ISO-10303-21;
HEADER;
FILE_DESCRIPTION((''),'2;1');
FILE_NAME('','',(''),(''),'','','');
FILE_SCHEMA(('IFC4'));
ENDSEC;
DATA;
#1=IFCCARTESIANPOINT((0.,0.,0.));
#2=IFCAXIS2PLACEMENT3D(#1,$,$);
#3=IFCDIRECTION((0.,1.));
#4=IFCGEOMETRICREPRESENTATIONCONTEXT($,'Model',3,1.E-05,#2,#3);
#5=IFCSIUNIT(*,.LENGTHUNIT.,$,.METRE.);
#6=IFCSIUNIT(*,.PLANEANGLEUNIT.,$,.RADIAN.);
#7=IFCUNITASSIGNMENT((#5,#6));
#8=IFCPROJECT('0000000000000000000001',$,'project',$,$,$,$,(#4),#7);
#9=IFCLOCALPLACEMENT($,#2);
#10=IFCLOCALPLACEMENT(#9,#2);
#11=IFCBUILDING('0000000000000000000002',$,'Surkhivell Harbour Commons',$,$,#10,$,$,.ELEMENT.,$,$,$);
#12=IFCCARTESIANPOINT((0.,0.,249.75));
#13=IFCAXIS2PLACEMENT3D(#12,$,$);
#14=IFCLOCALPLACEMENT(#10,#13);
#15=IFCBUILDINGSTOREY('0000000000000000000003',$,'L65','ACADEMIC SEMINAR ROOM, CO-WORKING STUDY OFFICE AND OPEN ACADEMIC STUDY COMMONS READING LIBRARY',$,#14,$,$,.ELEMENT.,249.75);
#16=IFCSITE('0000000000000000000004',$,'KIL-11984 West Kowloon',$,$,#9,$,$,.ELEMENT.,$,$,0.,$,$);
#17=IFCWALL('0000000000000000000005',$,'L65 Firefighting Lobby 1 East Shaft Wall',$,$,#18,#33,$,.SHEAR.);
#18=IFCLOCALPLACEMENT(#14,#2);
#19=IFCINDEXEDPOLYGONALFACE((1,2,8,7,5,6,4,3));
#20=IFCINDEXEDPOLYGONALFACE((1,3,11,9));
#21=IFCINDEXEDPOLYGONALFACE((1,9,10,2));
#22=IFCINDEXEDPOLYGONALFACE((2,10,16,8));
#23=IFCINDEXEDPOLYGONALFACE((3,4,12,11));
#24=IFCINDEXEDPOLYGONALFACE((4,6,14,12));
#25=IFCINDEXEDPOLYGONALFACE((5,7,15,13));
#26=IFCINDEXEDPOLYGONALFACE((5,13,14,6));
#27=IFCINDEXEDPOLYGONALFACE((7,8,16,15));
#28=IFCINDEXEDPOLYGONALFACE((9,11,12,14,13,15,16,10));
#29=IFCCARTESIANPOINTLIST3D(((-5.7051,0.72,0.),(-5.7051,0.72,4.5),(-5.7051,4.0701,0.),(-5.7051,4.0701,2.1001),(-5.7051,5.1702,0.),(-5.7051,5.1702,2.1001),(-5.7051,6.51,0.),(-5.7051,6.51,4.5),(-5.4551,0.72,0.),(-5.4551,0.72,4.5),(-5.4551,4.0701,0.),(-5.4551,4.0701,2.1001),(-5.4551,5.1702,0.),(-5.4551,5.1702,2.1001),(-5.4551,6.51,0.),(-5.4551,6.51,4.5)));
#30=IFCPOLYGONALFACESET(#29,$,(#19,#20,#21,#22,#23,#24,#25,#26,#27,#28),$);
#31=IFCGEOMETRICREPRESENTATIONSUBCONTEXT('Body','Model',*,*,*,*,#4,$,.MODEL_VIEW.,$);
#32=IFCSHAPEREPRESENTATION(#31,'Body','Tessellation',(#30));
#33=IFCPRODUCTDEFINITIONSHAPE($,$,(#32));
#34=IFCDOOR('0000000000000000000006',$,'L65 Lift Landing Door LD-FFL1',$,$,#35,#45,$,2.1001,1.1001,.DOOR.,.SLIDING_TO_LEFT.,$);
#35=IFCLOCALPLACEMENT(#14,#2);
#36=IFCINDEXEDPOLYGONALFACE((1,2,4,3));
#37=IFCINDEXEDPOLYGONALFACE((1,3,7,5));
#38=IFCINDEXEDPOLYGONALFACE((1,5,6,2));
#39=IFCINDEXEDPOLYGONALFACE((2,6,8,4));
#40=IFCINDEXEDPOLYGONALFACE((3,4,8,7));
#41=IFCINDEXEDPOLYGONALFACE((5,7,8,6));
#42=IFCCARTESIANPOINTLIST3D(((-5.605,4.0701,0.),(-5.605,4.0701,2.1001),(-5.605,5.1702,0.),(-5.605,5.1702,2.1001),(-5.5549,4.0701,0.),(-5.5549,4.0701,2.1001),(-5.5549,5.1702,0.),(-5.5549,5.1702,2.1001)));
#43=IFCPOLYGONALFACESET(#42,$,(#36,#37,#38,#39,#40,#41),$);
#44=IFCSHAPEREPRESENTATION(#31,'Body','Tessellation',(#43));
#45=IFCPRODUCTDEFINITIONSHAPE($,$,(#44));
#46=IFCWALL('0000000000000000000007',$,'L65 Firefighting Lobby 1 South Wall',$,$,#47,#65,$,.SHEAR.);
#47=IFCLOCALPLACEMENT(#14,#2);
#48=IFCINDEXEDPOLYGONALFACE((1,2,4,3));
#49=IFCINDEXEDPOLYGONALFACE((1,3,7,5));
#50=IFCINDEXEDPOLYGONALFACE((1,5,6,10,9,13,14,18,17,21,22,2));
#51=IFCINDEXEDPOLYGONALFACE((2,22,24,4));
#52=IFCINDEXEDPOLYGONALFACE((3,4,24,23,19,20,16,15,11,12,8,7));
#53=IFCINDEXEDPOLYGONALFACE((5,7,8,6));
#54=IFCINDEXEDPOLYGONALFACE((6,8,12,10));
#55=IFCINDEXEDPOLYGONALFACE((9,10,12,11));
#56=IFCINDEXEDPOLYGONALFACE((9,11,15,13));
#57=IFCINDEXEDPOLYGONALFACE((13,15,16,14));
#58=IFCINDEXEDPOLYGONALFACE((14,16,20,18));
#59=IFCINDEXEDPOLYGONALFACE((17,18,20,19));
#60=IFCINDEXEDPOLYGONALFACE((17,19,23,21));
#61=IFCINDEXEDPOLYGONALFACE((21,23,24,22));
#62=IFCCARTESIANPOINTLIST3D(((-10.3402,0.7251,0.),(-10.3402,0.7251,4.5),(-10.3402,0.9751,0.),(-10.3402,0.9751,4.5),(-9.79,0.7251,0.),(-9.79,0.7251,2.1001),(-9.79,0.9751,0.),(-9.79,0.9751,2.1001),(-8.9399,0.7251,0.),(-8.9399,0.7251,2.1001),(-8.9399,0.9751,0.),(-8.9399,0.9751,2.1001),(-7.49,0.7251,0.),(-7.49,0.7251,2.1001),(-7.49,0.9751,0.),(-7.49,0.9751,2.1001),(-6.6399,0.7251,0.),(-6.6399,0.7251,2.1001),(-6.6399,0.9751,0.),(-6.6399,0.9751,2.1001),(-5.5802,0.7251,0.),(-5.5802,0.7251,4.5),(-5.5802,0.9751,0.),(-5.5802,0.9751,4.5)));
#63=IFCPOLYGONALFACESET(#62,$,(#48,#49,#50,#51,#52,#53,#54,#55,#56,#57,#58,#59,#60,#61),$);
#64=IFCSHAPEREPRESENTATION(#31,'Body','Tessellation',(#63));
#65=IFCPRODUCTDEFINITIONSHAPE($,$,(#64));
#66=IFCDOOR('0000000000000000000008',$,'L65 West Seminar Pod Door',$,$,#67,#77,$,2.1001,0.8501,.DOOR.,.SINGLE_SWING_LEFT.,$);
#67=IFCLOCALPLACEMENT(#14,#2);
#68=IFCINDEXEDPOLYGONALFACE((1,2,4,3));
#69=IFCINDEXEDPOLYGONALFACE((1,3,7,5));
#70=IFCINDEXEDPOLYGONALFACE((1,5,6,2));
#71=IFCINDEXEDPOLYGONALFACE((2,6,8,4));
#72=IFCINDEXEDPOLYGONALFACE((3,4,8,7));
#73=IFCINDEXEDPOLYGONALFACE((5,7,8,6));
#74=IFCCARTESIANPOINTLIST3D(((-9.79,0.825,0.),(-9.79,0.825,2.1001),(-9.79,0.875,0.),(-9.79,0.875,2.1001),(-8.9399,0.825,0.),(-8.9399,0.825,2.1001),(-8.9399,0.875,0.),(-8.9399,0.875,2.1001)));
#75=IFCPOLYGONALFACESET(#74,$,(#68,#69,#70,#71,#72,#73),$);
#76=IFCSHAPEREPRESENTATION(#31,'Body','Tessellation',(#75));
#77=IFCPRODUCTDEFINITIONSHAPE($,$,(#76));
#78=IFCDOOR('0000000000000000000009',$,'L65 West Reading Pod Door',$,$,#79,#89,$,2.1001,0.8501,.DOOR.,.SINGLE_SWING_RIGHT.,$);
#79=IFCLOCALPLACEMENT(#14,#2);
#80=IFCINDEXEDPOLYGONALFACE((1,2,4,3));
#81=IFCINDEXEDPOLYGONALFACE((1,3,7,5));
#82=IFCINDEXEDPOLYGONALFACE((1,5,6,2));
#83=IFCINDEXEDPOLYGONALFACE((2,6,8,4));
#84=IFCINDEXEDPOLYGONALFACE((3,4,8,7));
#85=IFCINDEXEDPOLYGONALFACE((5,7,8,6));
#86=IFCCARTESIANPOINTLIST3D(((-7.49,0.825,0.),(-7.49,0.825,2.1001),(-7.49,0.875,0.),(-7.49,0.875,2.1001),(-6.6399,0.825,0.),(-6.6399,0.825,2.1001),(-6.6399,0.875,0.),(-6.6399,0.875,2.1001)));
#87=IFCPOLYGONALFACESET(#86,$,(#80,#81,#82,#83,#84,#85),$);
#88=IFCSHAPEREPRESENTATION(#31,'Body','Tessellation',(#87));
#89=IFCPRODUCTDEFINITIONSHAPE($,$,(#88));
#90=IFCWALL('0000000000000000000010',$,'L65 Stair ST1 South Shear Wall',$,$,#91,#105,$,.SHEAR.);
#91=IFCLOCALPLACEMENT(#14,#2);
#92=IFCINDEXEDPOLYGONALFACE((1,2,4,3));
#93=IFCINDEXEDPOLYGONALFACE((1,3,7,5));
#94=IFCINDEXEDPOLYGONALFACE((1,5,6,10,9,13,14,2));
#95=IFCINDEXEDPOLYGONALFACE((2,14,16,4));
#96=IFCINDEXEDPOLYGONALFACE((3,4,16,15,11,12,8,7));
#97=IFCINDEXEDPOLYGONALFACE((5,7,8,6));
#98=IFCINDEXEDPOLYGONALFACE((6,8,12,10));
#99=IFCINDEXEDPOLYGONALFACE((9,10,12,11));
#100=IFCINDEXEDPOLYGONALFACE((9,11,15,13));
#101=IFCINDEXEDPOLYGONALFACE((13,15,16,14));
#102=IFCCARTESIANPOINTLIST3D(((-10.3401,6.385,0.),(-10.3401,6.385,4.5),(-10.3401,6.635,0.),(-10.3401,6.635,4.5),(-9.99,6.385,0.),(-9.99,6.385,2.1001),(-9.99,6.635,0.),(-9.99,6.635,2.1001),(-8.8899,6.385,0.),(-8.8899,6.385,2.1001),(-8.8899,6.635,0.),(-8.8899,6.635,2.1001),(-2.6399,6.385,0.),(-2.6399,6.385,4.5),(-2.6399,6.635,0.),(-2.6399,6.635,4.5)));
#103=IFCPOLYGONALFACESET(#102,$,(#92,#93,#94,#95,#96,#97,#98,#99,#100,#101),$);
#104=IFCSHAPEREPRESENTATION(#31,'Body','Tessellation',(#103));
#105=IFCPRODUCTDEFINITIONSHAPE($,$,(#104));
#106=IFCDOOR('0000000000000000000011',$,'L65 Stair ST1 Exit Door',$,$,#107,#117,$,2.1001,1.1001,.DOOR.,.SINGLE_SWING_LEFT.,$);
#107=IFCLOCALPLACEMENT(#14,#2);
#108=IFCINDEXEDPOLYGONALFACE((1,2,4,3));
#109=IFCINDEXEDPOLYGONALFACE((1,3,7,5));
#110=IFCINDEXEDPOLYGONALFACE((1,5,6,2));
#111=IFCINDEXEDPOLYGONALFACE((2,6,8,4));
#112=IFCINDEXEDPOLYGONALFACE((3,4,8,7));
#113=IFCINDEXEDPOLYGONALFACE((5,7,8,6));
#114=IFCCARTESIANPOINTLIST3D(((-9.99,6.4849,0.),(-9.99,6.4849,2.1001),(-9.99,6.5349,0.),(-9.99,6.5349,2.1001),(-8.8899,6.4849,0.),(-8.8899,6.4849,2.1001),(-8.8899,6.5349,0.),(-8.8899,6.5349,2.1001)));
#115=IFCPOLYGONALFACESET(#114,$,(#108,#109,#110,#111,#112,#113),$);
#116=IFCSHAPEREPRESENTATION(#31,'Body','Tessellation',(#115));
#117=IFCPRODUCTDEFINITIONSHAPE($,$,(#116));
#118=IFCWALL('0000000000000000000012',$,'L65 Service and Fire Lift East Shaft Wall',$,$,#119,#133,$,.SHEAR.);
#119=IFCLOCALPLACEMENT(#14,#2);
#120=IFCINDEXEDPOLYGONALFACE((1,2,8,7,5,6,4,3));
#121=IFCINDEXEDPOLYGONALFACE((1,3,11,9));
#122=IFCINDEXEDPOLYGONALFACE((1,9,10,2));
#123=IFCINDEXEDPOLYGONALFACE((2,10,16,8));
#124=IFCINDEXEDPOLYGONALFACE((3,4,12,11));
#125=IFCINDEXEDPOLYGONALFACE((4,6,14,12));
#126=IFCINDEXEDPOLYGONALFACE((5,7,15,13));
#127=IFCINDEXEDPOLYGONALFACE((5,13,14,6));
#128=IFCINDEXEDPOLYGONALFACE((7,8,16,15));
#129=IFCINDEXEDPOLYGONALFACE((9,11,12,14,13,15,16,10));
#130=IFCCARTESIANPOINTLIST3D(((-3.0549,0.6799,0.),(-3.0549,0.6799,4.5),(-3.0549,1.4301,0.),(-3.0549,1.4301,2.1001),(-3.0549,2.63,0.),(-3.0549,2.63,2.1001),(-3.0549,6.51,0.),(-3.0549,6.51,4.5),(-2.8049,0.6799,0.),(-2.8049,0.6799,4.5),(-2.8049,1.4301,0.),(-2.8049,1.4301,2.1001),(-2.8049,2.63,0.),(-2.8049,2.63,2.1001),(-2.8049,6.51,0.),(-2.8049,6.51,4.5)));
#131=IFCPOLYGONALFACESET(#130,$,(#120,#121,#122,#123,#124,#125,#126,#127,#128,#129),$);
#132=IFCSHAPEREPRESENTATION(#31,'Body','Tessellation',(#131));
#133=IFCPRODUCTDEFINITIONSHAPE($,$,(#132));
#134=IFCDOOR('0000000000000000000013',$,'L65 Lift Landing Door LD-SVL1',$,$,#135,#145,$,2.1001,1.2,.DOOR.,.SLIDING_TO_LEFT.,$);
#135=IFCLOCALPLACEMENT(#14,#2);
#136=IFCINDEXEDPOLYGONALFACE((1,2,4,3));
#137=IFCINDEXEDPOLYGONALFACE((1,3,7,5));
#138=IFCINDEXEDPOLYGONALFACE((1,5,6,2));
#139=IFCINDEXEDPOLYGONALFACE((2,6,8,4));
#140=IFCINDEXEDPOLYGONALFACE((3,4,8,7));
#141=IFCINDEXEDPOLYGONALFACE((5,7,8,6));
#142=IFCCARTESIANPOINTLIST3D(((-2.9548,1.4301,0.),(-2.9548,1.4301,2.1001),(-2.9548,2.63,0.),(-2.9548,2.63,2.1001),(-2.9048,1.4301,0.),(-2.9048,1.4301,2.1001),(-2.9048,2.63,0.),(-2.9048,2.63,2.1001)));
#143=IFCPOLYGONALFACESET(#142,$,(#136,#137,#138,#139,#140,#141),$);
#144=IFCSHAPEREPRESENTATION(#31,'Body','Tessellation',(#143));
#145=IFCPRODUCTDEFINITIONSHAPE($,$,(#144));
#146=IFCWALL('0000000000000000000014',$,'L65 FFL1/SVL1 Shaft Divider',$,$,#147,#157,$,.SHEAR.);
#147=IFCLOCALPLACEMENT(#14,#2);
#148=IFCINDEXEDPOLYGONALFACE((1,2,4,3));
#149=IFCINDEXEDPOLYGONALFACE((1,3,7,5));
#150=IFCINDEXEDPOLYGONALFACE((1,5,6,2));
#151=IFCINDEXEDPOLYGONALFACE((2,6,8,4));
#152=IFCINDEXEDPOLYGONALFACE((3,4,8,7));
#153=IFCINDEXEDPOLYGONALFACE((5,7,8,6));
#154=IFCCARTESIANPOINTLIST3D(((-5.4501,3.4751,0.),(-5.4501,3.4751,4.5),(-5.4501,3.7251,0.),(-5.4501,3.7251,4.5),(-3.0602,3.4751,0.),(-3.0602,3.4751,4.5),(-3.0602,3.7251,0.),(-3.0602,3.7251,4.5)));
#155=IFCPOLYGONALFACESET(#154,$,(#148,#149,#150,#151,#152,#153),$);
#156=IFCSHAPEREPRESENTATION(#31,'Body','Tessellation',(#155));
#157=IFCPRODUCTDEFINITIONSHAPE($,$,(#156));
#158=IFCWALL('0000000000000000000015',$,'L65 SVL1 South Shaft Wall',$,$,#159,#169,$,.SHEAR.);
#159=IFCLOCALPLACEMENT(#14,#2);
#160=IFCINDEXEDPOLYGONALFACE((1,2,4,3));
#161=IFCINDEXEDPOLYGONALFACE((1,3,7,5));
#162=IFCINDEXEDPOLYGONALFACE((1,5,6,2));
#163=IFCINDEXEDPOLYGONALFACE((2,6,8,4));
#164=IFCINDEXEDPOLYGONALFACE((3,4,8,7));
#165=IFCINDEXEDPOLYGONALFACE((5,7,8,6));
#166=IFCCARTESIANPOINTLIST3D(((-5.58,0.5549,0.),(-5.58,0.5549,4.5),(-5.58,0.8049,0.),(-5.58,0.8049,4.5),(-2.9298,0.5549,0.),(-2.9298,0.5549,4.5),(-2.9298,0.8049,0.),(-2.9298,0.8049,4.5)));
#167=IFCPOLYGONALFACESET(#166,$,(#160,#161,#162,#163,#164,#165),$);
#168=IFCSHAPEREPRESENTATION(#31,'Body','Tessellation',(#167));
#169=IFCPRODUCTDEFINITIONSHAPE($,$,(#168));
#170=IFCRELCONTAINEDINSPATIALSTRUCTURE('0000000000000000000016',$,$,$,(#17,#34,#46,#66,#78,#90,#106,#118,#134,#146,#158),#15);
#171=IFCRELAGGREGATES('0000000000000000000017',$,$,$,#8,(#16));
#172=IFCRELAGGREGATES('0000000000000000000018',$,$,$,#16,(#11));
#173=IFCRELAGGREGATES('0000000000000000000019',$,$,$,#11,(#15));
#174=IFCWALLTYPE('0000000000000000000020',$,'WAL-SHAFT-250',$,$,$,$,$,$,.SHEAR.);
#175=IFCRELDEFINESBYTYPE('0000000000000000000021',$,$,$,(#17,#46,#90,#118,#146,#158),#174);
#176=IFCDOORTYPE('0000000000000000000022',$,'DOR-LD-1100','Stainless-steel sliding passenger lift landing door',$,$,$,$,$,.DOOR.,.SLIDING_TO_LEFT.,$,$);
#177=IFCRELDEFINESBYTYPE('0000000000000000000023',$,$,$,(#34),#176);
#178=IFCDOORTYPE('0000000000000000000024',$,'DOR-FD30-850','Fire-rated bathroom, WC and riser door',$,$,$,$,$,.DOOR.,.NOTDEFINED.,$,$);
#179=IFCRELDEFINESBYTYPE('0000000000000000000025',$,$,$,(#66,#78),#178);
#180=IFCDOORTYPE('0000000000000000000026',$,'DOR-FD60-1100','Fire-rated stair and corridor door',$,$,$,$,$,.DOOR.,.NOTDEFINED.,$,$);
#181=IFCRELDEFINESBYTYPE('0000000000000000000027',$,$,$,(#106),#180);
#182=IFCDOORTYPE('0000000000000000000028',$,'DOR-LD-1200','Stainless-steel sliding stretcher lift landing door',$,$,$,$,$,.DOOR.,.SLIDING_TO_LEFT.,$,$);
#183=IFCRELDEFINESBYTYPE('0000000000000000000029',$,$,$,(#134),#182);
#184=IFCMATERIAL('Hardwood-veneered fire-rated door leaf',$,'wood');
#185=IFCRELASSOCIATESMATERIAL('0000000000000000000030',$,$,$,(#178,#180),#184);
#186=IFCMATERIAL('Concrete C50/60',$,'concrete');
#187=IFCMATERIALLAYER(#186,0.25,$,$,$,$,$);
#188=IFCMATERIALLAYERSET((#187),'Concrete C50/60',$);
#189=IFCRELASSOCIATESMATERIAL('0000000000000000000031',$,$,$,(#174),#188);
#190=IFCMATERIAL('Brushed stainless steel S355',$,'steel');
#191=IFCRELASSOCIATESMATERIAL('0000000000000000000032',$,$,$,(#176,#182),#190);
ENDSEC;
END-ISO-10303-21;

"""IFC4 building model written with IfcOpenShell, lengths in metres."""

from ifc_helpers import new_model, si_unit, direction, frame, frame_2d, origin, place, context, subcontext, project, spatial, rectangle, extrude, material, layer, layer_set, type_object, element, fill, save


model = new_model("IFC4")

# Units and contexts
model_context = context("Model", 3, precision=1e-05, world=origin(), true_north=direction((0.0, 1.0)))
body_context = subcontext(model_context, "Body", "Model", "MODEL_VIEW")
ifc_project = project(units=[si_unit("LENGTHUNIT", "METRE"), si_unit("PLANEANGLEUNIT", "RADIAN")], contexts=[model_context])

# Site, building, storey
site_placement = place(None, origin())
site = spatial("IfcSite", under=ifc_project, at=site_placement, Name="KIL-11984 West Kowloon", CompositionType="ELEMENT", RefElevation=0.0)
building_placement = place(site_placement, origin())
building = spatial("IfcBuilding", under=site, at=building_placement, Name="Surkhivell Harbour Commons", CompositionType="ELEMENT")
storey_placement = place(building_placement, frame((0.0, 0.0, 249.75)))
storey = spatial("IfcBuildingStorey", under=building, at=storey_placement, Name="L65", Description="ACADEMIC SEMINAR ROOM, CO-WORKING STUDY OFFICE AND OPEN ACADEMIC STUDY COMMONS READING LIBRARY", CompositionType="ELEMENT", Elevation=249.75)

# Shared definitions
ifc_material_1 = material(Name="Hardwood-veneered fire-rated door leaf", Category="wood")

# Shared definitions
door_type_1 = type_object("IfcDoorType", Name="DOR-FD30-850", Description="Fire-rated bathroom, WC and riser door", OperationType="NOTDEFINED", PredefinedType="DOOR", material=ifc_material_1)

# Wall, opening, door
ifc_material_2 = material(Name="Concrete C50/60", Category="concrete")
ifc_layer_1 = layer(ifc_material_2, 0.25)
ifc_layer_set_1 = layer_set([ifc_layer_1], Name="Concrete C50/60")
wall_type_1 = type_object("IfcWallType", Name="WAL-SHAFT-250", PredefinedType="SHEAR", material=ifc_layer_set_1)
wall_1_placement = place(storey_placement, frame((-5.5801, 0.72, 0.0), z_axis=(0.0, 0.0, 1.0), x_axis=(0.0, 1.0, 0.0)))
wall_1 = element("IfcWall", 1, at=wall_1_placement, inside=storey, type_object=wall_type_1, Name="L65 Firefighting Lobby 1 East Shaft Wall", PredefinedType="SHEAR", context=body_context, shape_type="SweptSolid", body=[
    extrude(rectangle(XDim=5.79, YDim=0.25, at=frame_2d((2.895, 0.0))), origin(), (0.0, 0.0, 1.0), 4.5),
])
opening_1_placement = place(wall_1_placement, frame((3.3501, 0.0, 0.0)))
opening_1 = element("IfcOpeningElement", 2, at=opening_1_placement, cuts=wall_1, PredefinedType="OPENING", context=body_context, shape_type="SweptSolid", body=[
    extrude(rectangle(XDim=1.1001, YDim=2.1001, at=frame_2d((0.55, 1.05))), frame((0.0, 0.135, 0.0), z_axis=(0.0, -1.0, 0.0), x_axis=(1.0, 0.0, 0.0)), (0.0, 0.0, 1.0), 0.27),
])
ifc_material_3 = material(Name="Brushed stainless steel S355", Category="steel")
door_type_2 = type_object("IfcDoorType", Name="DOR-LD-1100", Description="Stainless-steel sliding passenger lift landing door", OperationType="SLIDING_TO_LEFT", PredefinedType="DOOR", material=ifc_material_3)
door_1_placement = place(opening_1_placement, origin())
door_1 = element("IfcDoor", 3, at=door_1_placement, inside=storey, type_object=door_type_2, Name="L65 Lift Landing Door LD-FFL1", OperationType="SLIDING_TO_LEFT", OverallHeight=2.1001, OverallWidth=1.1001, PredefinedType="DOOR", context=body_context, shape_type="SweptSolid", body=[
    extrude(rectangle(XDim=1.1001, YDim=2.1001, at=frame_2d((0.55, 1.05))), frame((0.0, 0.0249, 0.0), z_axis=(0.0, -1.0, 0.0), x_axis=(1.0, 0.0, 0.0)), (0.0, 0.0, 1.0), 0.05),
])
fill(opening_1, door_1)

# Wall, openings, doors
wall_2_placement = place(storey_placement, frame((-10.3401, 0.8501, 0.0), z_axis=(0.0, 0.0, 1.0), x_axis=(1.0, 0.0, 0.0)))
wall_2 = element("IfcWall", 4, at=wall_2_placement, inside=storey, type_object=wall_type_1, Name="L65 Firefighting Lobby 1 South Wall", PredefinedType="SHEAR", context=body_context, shape_type="SweptSolid", body=[
    extrude(rectangle(XDim=4.76, YDim=0.25, at=frame_2d((2.3799, 0.0))), origin(), (0.0, 0.0, 1.0), 4.5),
])
opening_2_placement = place(wall_2_placement, frame((0.55, 0.0, 0.0)))
opening_2 = element("IfcOpeningElement", 5, at=opening_2_placement, cuts=wall_2, PredefinedType="OPENING", context=body_context, shape_type="SweptSolid", body=[
    extrude(rectangle(XDim=0.8501, YDim=2.1001, at=frame_2d((0.425, 1.05))), frame((0.0, 0.135, 0.0), z_axis=(0.0, -1.0, 0.0), x_axis=(1.0, 0.0, 0.0)), (0.0, 0.0, 1.0), 0.27),
])
opening_3_placement = place(wall_2_placement, frame((2.8501, 0.0, 0.0)))
opening_3 = element("IfcOpeningElement", 6, at=opening_3_placement, cuts=wall_2, PredefinedType="OPENING", context=body_context, shape_type="SweptSolid", body=[
    extrude(rectangle(XDim=0.8501, YDim=2.1001, at=frame_2d((0.425, 1.05))), frame((0.0, 0.135, 0.0), z_axis=(0.0, -1.0, 0.0), x_axis=(1.0, 0.0, 0.0)), (0.0, 0.0, 1.0), 0.27),
])
door_2_placement = place(opening_2_placement, origin())
door_2 = element("IfcDoor", 7, at=door_2_placement, inside=storey, type_object=door_type_1, Name="L65 West Seminar Pod Door", OperationType="SINGLE_SWING_LEFT", OverallHeight=2.1001, OverallWidth=0.8501, PredefinedType="DOOR", context=body_context, shape_type="SweptSolid", body=[
    extrude(rectangle(XDim=0.8501, YDim=2.1001, at=frame_2d((0.425, 1.05))), frame((0.0, 0.0249, 0.0), z_axis=(0.0, -1.0, 0.0), x_axis=(1.0, 0.0, 0.0)), (0.0, 0.0, 1.0), 0.05),
])
fill(opening_2, door_2)
door_3_placement = place(opening_3_placement, origin())
door_3 = element("IfcDoor", 8, at=door_3_placement, inside=storey, type_object=door_type_1, Name="L65 West Reading Pod Door", OperationType="SINGLE_SWING_RIGHT", OverallHeight=2.1001, OverallWidth=0.8501, PredefinedType="DOOR", context=body_context, shape_type="SweptSolid", body=[
    extrude(rectangle(XDim=0.8501, YDim=2.1001, at=frame_2d((0.425, 1.05))), frame((0.0, 0.0249, 0.0), z_axis=(0.0, -1.0, 0.0), x_axis=(1.0, 0.0, 0.0)), (0.0, 0.0, 1.0), 0.05),
])
fill(opening_3, door_3)

# Walls, openings, doors
wall_3_placement = place(storey_placement, frame((-10.3401, 6.51, 0.0), z_axis=(0.0, 0.0, 1.0), x_axis=(1.0, 0.0, 0.0)))
wall_3 = element("IfcWall", 9, at=wall_3_placement, inside=storey, type_object=wall_type_1, Name="L65 Stair ST1 South Shear Wall", PredefinedType="SHEAR", context=body_context, shape_type="SweptSolid", body=[
    extrude(rectangle(XDim=7.7002, YDim=0.25, at=frame_2d((3.8501, 0.0))), origin(), (0.0, 0.0, 1.0), 4.5),
])
opening_4_placement = place(wall_3_placement, frame((0.3501, 0.0, 0.0)))
opening_4 = element("IfcOpeningElement", 10, at=opening_4_placement, cuts=wall_3, PredefinedType="OPENING", context=body_context, shape_type="SweptSolid", body=[
    extrude(rectangle(XDim=1.1001, YDim=2.1001, at=frame_2d((0.55, 1.05))), frame((0.0, 0.135, 0.0), z_axis=(0.0, -1.0, 0.0), x_axis=(1.0, 0.0, 0.0)), (0.0, 0.0, 1.0), 0.27),
])
door_type_3 = type_object("IfcDoorType", Name="DOR-FD60-1100", Description="Fire-rated stair and corridor door", OperationType="NOTDEFINED", PredefinedType="DOOR", material=ifc_material_1)
door_4_placement = place(opening_4_placement, origin())
door_4 = element("IfcDoor", 11, at=door_4_placement, inside=storey, type_object=door_type_3, Name="L65 Stair ST1 Exit Door", OperationType="SINGLE_SWING_LEFT", OverallHeight=2.1001, OverallWidth=1.1001, PredefinedType="DOOR", context=body_context, shape_type="SweptSolid", body=[
    extrude(rectangle(XDim=1.1001, YDim=2.1001, at=frame_2d((0.55, 1.05))), frame((0.0, 0.0249, 0.0), z_axis=(0.0, -1.0, 0.0), x_axis=(1.0, 0.0, 0.0)), (0.0, 0.0, 1.0), 0.05),
])
fill(opening_4, door_4)
wall_4_placement = place(storey_placement, frame((-2.9299, 0.6799, 0.0), z_axis=(0.0, 0.0, 1.0), x_axis=(0.0, 1.0, 0.0)))
wall_4 = element("IfcWall", 12, at=wall_4_placement, inside=storey, type_object=wall_type_1, Name="L65 Service and Fire Lift East Shaft Wall", PredefinedType="SHEAR", context=body_context, shape_type="SweptSolid", body=[
    extrude(rectangle(XDim=5.8301, YDim=0.25, at=frame_2d((2.915, 0.0))), origin(), (0.0, 0.0, 1.0), 4.5),
])
opening_5_placement = place(wall_4_placement, frame((0.75, 0.0, 0.0)))
opening_5 = element("IfcOpeningElement", 13, at=opening_5_placement, cuts=wall_4, PredefinedType="OPENING", context=body_context, shape_type="SweptSolid", body=[
    extrude(rectangle(XDim=1.2, YDim=2.1001, at=frame_2d((0.6001, 1.05))), frame((0.0, 0.135, 0.0), z_axis=(0.0, -1.0, 0.0), x_axis=(1.0, 0.0, 0.0)), (0.0, 0.0, 1.0), 0.27),
])
door_type_4 = type_object("IfcDoorType", Name="DOR-LD-1200", Description="Stainless-steel sliding stretcher lift landing door", OperationType="SLIDING_TO_LEFT", PredefinedType="DOOR", material=ifc_material_3)
door_5_placement = place(opening_5_placement, origin())
door_5 = element("IfcDoor", 14, at=door_5_placement, inside=storey, type_object=door_type_4, Name="L65 Lift Landing Door LD-SVL1", OperationType="SLIDING_TO_LEFT", OverallHeight=2.1001, OverallWidth=1.2, PredefinedType="DOOR", context=body_context, shape_type="SweptSolid", body=[
    extrude(rectangle(XDim=1.2, YDim=2.1001, at=frame_2d((0.6001, 1.05))), frame((0.0, 0.0249, 0.0), z_axis=(0.0, -1.0, 0.0), x_axis=(1.0, 0.0, 0.0)), (0.0, 0.0, 1.0), 0.05),
])
fill(opening_5, door_5)

# Walls
wall_5_placement = place(storey_placement, frame((-5.45, 3.6001, 0.0), z_axis=(0.0, 0.0, 1.0), x_axis=(1.0, 0.0, 0.0)))
element("IfcWall", 15, at=wall_5_placement, inside=storey, type_object=wall_type_1, Name="L65 FFL1/SVL1 Shaft Divider", PredefinedType="SHEAR", context=body_context, shape_type="SweptSolid", body=[
    extrude(rectangle(XDim=2.3899, YDim=0.25, at=frame_2d((1.1948, 0.0))), origin(), (0.0, 0.0, 1.0), 4.5),
])
wall_6_placement = place(storey_placement, frame((-5.5801, 0.6799, 0.0), z_axis=(0.0, 0.0, 1.0), x_axis=(1.0, 0.0, 0.0)))
element("IfcWall", 16, at=wall_6_placement, inside=storey, type_object=wall_type_1, Name="L65 SVL1 South Shaft Wall", PredefinedType="SHEAR", context=body_context, shape_type="SweptSolid", body=[
    extrude(rectangle(XDim=2.6501, YDim=0.25, at=frame_2d((1.3252, 0.0))), origin(), (0.0, 0.0, 1.0), 4.5),
])

save(model, "model.ifc")
